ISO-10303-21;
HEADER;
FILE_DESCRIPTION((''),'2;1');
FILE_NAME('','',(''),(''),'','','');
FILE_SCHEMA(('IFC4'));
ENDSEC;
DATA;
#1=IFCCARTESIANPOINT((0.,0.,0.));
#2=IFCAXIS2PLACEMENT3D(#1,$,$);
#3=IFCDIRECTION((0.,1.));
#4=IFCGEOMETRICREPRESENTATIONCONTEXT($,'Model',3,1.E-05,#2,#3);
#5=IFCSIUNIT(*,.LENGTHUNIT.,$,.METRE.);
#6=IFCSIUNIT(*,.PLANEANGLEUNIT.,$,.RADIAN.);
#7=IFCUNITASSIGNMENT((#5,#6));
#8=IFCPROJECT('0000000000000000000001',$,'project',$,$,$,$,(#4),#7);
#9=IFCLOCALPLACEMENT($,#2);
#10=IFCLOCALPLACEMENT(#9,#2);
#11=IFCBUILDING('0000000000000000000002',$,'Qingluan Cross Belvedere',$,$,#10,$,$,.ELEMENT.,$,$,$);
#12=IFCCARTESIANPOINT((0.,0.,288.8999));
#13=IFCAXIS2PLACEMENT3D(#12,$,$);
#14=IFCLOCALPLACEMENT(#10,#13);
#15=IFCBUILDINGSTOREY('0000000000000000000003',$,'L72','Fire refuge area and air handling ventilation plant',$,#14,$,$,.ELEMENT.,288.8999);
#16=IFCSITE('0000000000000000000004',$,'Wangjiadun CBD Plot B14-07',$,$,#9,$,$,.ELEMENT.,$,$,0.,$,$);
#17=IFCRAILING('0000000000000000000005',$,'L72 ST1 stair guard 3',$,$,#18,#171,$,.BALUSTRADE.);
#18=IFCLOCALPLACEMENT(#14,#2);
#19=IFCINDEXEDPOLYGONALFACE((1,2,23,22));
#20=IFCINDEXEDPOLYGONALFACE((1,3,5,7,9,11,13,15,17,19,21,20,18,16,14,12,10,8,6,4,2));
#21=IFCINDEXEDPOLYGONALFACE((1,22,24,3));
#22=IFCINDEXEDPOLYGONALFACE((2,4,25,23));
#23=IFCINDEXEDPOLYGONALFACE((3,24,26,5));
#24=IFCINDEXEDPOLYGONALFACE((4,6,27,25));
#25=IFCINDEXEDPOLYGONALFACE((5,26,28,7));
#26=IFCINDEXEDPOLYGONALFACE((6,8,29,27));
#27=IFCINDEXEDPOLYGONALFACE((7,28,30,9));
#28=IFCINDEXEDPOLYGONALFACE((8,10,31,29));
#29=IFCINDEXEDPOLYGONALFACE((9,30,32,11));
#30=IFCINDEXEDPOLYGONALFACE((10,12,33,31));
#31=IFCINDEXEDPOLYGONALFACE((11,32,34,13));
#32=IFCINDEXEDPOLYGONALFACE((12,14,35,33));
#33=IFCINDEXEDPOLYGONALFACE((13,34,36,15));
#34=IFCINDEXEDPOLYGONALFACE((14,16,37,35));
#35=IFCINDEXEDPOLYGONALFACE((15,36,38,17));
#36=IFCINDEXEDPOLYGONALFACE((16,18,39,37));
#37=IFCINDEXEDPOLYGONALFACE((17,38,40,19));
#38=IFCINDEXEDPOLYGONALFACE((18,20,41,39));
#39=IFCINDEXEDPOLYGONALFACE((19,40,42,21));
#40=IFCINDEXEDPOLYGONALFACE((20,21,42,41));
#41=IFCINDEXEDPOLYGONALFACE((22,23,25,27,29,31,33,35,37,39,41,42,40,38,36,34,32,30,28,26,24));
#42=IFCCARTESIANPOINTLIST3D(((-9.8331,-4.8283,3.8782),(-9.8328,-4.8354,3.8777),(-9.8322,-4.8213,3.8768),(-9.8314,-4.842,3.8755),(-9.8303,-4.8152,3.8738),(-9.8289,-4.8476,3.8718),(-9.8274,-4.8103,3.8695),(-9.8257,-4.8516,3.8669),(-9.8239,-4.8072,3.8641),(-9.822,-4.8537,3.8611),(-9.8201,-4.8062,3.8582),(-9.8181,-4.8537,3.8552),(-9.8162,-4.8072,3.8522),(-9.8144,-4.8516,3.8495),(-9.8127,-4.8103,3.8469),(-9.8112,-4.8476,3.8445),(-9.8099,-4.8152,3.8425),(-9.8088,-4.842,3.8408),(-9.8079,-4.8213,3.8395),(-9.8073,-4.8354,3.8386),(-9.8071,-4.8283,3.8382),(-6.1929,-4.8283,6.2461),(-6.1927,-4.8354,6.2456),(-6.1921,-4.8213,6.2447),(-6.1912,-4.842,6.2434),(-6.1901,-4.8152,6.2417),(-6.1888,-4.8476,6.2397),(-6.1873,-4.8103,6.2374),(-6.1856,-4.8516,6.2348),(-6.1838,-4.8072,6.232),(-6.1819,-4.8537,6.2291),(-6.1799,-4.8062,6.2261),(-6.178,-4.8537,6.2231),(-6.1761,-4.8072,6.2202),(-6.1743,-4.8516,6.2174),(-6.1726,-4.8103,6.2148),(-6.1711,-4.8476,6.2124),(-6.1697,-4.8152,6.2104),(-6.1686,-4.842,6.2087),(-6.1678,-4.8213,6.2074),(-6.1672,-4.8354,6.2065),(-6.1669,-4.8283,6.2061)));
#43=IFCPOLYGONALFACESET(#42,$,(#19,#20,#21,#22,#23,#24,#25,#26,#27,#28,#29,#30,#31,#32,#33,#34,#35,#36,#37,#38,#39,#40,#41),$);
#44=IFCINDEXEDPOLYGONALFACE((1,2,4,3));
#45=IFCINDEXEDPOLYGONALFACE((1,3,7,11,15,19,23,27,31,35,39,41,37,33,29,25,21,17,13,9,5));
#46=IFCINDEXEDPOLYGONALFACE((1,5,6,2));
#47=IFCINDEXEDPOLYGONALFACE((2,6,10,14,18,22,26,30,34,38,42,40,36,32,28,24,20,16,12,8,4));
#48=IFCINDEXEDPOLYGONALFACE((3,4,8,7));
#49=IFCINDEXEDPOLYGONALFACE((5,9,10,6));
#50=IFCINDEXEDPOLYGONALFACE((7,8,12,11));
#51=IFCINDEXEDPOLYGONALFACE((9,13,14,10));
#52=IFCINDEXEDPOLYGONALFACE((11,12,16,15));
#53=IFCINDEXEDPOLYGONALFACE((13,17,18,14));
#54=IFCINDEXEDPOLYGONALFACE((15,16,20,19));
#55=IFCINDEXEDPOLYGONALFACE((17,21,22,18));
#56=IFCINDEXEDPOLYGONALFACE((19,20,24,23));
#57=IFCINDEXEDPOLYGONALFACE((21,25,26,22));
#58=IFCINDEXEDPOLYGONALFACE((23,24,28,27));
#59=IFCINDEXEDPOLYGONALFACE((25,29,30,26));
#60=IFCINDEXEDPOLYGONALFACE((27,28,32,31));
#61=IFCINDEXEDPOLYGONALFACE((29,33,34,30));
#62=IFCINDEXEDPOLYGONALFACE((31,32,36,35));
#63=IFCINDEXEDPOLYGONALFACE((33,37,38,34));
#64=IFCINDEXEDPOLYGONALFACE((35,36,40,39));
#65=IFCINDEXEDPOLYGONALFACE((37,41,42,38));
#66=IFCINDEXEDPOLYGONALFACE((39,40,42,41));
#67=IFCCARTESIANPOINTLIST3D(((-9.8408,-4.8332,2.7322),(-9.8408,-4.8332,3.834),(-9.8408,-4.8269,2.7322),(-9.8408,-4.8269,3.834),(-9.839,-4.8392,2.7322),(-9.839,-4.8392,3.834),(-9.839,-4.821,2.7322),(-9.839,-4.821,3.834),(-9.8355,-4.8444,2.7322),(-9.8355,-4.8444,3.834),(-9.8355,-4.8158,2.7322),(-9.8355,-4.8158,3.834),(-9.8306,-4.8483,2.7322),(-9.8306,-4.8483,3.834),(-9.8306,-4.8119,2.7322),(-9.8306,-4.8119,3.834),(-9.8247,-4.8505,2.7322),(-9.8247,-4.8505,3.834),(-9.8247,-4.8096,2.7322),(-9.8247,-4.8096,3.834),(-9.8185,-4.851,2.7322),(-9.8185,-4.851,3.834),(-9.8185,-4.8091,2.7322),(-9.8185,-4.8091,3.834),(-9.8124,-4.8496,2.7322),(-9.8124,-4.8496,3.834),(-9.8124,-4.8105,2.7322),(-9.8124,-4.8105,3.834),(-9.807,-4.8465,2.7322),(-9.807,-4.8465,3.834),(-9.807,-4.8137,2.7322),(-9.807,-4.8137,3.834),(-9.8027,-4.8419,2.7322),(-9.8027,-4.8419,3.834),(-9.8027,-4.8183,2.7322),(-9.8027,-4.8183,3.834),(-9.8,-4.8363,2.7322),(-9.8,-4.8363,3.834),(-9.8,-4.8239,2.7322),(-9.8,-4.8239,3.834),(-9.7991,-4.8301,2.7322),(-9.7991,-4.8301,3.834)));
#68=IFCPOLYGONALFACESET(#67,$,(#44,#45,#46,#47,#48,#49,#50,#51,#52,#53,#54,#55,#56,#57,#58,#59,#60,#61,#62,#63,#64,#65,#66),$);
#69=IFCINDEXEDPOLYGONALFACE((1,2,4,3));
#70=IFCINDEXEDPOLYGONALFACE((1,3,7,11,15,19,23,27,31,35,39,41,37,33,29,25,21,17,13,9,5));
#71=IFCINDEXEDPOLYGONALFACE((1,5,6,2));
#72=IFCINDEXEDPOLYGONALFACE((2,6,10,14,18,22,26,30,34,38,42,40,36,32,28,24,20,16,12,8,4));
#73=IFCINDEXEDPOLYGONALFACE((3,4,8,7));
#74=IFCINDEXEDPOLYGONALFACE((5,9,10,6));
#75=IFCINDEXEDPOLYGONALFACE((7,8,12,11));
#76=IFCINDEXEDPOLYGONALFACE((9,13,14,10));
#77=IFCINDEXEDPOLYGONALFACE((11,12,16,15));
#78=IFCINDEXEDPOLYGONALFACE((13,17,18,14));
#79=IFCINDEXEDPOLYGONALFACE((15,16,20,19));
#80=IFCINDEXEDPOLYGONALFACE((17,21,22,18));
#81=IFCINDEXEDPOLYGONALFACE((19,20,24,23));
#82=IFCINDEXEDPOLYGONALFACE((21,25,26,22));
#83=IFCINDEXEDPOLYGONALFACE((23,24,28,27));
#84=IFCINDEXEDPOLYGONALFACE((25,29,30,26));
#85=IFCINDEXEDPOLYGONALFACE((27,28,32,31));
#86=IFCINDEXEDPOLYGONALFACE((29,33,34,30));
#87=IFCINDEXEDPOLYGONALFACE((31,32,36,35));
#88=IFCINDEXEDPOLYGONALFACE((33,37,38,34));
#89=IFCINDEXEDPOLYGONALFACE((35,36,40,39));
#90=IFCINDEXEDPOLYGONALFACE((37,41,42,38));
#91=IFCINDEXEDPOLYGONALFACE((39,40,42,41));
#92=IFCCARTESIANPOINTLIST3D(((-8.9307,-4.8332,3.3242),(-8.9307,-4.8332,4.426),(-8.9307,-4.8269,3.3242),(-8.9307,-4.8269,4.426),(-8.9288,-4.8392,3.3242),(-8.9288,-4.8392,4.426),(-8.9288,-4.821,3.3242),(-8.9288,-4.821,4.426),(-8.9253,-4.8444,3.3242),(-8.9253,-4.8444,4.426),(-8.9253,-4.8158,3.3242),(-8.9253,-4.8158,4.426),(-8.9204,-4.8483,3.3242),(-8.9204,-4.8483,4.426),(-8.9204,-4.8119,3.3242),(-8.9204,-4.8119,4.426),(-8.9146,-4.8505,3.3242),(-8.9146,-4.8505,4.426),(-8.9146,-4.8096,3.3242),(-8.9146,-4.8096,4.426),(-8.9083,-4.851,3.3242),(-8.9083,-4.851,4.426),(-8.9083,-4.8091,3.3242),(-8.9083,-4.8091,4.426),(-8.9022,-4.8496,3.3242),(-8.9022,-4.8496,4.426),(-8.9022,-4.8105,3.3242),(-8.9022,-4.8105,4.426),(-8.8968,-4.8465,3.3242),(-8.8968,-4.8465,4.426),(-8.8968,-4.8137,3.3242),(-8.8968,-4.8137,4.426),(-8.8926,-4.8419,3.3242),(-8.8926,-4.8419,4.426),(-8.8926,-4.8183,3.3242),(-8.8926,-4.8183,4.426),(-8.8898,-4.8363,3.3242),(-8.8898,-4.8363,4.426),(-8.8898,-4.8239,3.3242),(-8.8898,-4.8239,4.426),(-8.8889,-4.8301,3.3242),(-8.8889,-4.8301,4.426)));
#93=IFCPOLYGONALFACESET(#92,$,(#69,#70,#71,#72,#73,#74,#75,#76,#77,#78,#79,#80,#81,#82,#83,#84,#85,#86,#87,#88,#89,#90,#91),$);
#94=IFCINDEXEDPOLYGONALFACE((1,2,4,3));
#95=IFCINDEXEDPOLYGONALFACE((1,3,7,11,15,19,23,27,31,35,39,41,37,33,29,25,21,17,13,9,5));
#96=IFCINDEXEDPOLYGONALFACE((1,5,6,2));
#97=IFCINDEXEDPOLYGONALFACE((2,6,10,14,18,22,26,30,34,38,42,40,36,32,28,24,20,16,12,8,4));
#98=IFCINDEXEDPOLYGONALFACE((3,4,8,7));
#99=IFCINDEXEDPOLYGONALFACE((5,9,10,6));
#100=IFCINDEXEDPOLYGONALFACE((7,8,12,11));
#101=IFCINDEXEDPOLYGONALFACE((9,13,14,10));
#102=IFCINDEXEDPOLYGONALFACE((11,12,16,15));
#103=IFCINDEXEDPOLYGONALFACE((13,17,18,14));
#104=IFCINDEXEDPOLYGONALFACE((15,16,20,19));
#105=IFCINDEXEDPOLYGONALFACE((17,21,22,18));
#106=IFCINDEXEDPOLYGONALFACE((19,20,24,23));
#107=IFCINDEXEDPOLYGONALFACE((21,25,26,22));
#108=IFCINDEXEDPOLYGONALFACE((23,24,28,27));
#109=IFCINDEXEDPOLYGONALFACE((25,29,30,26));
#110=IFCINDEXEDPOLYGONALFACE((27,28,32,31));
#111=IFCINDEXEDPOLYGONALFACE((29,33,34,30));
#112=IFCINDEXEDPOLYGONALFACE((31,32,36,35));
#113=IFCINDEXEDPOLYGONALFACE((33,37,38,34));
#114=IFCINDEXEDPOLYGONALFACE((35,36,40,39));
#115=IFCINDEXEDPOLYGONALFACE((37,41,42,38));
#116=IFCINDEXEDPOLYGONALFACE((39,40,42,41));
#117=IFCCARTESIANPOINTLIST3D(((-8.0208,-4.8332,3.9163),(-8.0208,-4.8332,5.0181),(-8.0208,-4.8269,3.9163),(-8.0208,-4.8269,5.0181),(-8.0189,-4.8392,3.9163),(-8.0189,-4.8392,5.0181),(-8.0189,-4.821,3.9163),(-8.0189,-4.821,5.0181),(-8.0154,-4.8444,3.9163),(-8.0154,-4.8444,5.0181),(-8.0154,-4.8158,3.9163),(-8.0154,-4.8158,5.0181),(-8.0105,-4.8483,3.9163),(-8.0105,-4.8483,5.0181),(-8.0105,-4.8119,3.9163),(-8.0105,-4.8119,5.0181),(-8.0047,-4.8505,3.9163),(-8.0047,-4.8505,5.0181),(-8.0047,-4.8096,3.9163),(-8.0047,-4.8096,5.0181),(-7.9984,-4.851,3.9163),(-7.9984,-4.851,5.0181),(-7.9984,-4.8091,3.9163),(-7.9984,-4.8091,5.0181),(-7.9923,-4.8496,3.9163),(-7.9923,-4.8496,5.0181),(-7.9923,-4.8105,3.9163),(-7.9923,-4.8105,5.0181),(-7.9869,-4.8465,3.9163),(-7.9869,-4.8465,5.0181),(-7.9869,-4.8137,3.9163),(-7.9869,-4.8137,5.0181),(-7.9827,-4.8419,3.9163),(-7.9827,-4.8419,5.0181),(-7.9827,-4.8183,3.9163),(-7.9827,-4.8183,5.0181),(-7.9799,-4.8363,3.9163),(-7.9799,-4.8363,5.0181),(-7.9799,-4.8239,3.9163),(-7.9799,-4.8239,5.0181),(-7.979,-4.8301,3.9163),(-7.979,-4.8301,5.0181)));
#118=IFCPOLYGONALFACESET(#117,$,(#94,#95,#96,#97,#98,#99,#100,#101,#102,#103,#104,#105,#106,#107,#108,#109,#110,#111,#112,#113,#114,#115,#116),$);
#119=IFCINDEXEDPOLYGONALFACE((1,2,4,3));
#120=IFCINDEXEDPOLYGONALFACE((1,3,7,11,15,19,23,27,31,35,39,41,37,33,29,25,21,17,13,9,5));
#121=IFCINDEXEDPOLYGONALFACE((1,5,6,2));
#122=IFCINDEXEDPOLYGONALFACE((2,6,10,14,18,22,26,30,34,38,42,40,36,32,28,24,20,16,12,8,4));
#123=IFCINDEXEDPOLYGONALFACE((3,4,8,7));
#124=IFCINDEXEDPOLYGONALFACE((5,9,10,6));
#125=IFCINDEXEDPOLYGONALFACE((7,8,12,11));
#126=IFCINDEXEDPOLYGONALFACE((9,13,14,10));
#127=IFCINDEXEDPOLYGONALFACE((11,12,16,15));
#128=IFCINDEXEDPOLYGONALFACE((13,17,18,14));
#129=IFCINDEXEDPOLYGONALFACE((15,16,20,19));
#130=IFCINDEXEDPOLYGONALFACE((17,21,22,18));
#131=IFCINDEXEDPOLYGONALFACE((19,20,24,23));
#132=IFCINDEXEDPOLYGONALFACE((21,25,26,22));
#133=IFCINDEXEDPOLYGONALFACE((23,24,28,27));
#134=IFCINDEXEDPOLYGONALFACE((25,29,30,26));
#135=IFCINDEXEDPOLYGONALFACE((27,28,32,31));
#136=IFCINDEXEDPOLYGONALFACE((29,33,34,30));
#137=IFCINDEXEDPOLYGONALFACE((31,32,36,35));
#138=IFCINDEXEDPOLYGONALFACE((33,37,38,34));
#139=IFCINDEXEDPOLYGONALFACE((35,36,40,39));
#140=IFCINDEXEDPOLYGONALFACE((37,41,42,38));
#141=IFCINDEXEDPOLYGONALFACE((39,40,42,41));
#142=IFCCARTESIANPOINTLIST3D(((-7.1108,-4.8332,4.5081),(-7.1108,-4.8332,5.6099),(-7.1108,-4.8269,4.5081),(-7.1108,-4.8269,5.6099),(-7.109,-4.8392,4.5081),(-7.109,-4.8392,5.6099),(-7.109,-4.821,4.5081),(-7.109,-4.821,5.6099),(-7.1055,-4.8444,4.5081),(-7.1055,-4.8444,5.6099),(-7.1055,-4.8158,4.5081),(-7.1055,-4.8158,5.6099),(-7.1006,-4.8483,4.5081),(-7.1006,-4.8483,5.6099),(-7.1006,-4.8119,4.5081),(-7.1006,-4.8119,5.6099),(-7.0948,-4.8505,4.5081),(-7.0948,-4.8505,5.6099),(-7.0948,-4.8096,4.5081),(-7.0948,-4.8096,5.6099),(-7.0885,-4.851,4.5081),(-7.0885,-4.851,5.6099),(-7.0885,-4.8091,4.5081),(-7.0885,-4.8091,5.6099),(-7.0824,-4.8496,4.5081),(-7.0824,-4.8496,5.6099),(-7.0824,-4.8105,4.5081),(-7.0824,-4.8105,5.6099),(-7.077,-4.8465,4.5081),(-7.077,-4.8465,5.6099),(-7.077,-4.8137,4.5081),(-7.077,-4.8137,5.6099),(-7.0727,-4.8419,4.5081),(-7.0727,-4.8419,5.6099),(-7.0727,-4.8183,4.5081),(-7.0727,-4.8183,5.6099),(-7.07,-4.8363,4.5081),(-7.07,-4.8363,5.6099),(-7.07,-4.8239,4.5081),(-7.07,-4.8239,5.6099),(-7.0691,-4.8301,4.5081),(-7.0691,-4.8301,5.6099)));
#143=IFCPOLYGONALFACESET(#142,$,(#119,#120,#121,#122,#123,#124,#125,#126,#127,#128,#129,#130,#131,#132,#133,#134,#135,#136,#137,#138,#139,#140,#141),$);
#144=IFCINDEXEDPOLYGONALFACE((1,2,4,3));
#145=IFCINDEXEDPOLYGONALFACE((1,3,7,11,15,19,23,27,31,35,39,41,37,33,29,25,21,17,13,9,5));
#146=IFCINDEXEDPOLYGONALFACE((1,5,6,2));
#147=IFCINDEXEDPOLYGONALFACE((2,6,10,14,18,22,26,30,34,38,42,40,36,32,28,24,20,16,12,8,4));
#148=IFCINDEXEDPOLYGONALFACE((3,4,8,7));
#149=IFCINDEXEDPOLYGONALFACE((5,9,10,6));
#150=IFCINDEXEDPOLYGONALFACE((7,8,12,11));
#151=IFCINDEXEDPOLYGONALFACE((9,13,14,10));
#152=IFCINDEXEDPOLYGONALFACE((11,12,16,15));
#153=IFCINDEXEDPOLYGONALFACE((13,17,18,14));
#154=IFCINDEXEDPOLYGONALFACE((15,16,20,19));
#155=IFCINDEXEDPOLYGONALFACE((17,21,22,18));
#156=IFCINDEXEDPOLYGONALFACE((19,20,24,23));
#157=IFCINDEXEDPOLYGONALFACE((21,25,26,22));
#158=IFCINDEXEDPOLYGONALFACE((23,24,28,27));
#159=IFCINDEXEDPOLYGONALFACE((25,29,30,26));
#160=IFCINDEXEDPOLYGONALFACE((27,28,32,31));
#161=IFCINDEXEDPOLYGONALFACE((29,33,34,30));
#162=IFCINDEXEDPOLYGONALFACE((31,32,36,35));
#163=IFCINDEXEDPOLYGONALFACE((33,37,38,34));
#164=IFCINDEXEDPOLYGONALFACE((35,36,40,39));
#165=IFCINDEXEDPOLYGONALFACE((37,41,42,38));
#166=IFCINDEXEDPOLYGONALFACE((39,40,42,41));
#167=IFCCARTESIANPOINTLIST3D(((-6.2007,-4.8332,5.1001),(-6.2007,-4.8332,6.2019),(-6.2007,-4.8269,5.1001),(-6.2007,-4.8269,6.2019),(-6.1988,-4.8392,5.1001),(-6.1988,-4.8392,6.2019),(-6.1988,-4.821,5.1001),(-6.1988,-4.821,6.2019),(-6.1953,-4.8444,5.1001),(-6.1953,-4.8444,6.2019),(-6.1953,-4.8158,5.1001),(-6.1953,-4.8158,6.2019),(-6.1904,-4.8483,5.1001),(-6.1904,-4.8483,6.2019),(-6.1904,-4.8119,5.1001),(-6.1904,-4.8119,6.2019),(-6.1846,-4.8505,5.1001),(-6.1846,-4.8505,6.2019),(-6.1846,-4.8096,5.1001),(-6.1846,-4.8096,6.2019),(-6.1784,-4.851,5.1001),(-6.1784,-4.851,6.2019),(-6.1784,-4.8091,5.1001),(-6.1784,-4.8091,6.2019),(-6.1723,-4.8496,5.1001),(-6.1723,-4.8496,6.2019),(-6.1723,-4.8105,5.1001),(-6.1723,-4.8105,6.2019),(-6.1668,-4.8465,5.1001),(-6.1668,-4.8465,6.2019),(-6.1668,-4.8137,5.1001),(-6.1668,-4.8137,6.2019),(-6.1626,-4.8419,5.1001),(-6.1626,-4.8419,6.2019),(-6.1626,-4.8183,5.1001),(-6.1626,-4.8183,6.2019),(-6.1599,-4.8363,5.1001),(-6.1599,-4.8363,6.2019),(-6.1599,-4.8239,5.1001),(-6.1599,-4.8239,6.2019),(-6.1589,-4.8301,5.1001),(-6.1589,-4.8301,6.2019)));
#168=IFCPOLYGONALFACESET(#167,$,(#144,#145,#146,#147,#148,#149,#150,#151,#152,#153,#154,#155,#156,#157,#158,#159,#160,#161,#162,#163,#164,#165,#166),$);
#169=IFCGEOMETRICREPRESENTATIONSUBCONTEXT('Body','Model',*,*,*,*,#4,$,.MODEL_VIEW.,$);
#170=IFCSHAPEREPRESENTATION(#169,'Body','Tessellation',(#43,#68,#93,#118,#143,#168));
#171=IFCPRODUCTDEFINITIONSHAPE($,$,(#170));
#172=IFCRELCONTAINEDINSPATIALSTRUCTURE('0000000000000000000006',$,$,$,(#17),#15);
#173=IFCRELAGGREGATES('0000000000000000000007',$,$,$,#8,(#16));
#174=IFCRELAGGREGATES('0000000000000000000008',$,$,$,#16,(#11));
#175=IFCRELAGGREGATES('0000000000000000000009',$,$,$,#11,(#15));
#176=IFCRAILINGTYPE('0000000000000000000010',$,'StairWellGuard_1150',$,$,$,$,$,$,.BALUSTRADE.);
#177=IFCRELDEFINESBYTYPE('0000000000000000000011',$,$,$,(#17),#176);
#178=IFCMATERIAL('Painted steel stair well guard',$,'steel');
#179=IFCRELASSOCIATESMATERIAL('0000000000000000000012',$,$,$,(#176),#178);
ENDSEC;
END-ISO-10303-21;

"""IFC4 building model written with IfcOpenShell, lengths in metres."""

from ifc_helpers import new_model, si_unit, direction, frame, origin, origin_2d, place, context, subcontext, project, spatial, circle, extrude, material, type_object, element, save


model = new_model("IFC4")

# Units and contexts
model_context = context("Model", 3, precision=1e-05, world=origin(), true_north=direction((0.0, 1.0)))
body_context = subcontext(model_context, "Body", "Model", "MODEL_VIEW")
ifc_project = project(units=[si_unit("LENGTHUNIT", "METRE"), si_unit("PLANEANGLEUNIT", "RADIAN")], contexts=[model_context])

# Site, building, storey
site_placement = place(None, origin())
site = spatial("IfcSite", under=ifc_project, at=site_placement, Name="Wangjiadun CBD Plot B14-07", CompositionType="ELEMENT", RefElevation=0.0)
building_placement = place(site_placement, origin())
building = spatial("IfcBuilding", under=site, at=building_placement, Name="Qingluan Cross Belvedere", CompositionType="ELEMENT")
storey_placement = place(building_placement, frame((0.0, 0.0, 288.8999)))
storey = spatial("IfcBuildingStorey", under=building, at=storey_placement, Name="L72", Description="Fire refuge area and air handling ventilation plant", CompositionType="ELEMENT", Elevation=288.8999)

# Railing
ifc_material_1 = material(Name="Painted steel stair well guard", Category="steel")
railing_type_1 = type_object("IfcRailingType", Name="StairWellGuard_1150", PredefinedType="BALUSTRADE", material=ifc_material_1)
railing_1_placement = place(storey_placement, frame((-9.8201, -4.8301, 2.7322)))
element("IfcRailing", 1, at=railing_1_placement, inside=storey, type_object=railing_type_1, Name="L72 ST1 stair guard 3", PredefinedType="BALUSTRADE", context=body_context, shape_type="SweptSolid", body=[
    extrude(circle(Radius=0.0239, at=origin_2d()), frame((0.0, 0.0, 1.126), z_axis=(0.838251, 0.0, 0.545285), x_axis=(0.0, 1.0, 0.0)), (0.0, 0.0, 1.0), 4.3425),
    extrude(circle(Radius=0.021, at=origin_2d()), origin(), (0.0, 0.0, 1.0), 1.1018),
    extrude(circle(Radius=0.021, at=origin_2d()), frame((0.9102, 0.0, 0.592)), (0.0, 0.0, 1.0), 1.1018),
    extrude(circle(Radius=0.021, at=origin_2d()), frame((1.8201, 0.0, 1.1841)), (0.0, 0.0, 1.0), 1.1018),
    extrude(circle(Radius=0.021, at=origin_2d()), frame((2.73, 0.0, 1.7759)), (0.0, 0.0, 1.0), 1.1018),
    extrude(circle(Radius=0.021, at=origin_2d()), frame((3.6401, 0.0, 2.3679)), (0.0, 0.0, 1.0), 1.1018),
])

save(model, "model.ifc")
